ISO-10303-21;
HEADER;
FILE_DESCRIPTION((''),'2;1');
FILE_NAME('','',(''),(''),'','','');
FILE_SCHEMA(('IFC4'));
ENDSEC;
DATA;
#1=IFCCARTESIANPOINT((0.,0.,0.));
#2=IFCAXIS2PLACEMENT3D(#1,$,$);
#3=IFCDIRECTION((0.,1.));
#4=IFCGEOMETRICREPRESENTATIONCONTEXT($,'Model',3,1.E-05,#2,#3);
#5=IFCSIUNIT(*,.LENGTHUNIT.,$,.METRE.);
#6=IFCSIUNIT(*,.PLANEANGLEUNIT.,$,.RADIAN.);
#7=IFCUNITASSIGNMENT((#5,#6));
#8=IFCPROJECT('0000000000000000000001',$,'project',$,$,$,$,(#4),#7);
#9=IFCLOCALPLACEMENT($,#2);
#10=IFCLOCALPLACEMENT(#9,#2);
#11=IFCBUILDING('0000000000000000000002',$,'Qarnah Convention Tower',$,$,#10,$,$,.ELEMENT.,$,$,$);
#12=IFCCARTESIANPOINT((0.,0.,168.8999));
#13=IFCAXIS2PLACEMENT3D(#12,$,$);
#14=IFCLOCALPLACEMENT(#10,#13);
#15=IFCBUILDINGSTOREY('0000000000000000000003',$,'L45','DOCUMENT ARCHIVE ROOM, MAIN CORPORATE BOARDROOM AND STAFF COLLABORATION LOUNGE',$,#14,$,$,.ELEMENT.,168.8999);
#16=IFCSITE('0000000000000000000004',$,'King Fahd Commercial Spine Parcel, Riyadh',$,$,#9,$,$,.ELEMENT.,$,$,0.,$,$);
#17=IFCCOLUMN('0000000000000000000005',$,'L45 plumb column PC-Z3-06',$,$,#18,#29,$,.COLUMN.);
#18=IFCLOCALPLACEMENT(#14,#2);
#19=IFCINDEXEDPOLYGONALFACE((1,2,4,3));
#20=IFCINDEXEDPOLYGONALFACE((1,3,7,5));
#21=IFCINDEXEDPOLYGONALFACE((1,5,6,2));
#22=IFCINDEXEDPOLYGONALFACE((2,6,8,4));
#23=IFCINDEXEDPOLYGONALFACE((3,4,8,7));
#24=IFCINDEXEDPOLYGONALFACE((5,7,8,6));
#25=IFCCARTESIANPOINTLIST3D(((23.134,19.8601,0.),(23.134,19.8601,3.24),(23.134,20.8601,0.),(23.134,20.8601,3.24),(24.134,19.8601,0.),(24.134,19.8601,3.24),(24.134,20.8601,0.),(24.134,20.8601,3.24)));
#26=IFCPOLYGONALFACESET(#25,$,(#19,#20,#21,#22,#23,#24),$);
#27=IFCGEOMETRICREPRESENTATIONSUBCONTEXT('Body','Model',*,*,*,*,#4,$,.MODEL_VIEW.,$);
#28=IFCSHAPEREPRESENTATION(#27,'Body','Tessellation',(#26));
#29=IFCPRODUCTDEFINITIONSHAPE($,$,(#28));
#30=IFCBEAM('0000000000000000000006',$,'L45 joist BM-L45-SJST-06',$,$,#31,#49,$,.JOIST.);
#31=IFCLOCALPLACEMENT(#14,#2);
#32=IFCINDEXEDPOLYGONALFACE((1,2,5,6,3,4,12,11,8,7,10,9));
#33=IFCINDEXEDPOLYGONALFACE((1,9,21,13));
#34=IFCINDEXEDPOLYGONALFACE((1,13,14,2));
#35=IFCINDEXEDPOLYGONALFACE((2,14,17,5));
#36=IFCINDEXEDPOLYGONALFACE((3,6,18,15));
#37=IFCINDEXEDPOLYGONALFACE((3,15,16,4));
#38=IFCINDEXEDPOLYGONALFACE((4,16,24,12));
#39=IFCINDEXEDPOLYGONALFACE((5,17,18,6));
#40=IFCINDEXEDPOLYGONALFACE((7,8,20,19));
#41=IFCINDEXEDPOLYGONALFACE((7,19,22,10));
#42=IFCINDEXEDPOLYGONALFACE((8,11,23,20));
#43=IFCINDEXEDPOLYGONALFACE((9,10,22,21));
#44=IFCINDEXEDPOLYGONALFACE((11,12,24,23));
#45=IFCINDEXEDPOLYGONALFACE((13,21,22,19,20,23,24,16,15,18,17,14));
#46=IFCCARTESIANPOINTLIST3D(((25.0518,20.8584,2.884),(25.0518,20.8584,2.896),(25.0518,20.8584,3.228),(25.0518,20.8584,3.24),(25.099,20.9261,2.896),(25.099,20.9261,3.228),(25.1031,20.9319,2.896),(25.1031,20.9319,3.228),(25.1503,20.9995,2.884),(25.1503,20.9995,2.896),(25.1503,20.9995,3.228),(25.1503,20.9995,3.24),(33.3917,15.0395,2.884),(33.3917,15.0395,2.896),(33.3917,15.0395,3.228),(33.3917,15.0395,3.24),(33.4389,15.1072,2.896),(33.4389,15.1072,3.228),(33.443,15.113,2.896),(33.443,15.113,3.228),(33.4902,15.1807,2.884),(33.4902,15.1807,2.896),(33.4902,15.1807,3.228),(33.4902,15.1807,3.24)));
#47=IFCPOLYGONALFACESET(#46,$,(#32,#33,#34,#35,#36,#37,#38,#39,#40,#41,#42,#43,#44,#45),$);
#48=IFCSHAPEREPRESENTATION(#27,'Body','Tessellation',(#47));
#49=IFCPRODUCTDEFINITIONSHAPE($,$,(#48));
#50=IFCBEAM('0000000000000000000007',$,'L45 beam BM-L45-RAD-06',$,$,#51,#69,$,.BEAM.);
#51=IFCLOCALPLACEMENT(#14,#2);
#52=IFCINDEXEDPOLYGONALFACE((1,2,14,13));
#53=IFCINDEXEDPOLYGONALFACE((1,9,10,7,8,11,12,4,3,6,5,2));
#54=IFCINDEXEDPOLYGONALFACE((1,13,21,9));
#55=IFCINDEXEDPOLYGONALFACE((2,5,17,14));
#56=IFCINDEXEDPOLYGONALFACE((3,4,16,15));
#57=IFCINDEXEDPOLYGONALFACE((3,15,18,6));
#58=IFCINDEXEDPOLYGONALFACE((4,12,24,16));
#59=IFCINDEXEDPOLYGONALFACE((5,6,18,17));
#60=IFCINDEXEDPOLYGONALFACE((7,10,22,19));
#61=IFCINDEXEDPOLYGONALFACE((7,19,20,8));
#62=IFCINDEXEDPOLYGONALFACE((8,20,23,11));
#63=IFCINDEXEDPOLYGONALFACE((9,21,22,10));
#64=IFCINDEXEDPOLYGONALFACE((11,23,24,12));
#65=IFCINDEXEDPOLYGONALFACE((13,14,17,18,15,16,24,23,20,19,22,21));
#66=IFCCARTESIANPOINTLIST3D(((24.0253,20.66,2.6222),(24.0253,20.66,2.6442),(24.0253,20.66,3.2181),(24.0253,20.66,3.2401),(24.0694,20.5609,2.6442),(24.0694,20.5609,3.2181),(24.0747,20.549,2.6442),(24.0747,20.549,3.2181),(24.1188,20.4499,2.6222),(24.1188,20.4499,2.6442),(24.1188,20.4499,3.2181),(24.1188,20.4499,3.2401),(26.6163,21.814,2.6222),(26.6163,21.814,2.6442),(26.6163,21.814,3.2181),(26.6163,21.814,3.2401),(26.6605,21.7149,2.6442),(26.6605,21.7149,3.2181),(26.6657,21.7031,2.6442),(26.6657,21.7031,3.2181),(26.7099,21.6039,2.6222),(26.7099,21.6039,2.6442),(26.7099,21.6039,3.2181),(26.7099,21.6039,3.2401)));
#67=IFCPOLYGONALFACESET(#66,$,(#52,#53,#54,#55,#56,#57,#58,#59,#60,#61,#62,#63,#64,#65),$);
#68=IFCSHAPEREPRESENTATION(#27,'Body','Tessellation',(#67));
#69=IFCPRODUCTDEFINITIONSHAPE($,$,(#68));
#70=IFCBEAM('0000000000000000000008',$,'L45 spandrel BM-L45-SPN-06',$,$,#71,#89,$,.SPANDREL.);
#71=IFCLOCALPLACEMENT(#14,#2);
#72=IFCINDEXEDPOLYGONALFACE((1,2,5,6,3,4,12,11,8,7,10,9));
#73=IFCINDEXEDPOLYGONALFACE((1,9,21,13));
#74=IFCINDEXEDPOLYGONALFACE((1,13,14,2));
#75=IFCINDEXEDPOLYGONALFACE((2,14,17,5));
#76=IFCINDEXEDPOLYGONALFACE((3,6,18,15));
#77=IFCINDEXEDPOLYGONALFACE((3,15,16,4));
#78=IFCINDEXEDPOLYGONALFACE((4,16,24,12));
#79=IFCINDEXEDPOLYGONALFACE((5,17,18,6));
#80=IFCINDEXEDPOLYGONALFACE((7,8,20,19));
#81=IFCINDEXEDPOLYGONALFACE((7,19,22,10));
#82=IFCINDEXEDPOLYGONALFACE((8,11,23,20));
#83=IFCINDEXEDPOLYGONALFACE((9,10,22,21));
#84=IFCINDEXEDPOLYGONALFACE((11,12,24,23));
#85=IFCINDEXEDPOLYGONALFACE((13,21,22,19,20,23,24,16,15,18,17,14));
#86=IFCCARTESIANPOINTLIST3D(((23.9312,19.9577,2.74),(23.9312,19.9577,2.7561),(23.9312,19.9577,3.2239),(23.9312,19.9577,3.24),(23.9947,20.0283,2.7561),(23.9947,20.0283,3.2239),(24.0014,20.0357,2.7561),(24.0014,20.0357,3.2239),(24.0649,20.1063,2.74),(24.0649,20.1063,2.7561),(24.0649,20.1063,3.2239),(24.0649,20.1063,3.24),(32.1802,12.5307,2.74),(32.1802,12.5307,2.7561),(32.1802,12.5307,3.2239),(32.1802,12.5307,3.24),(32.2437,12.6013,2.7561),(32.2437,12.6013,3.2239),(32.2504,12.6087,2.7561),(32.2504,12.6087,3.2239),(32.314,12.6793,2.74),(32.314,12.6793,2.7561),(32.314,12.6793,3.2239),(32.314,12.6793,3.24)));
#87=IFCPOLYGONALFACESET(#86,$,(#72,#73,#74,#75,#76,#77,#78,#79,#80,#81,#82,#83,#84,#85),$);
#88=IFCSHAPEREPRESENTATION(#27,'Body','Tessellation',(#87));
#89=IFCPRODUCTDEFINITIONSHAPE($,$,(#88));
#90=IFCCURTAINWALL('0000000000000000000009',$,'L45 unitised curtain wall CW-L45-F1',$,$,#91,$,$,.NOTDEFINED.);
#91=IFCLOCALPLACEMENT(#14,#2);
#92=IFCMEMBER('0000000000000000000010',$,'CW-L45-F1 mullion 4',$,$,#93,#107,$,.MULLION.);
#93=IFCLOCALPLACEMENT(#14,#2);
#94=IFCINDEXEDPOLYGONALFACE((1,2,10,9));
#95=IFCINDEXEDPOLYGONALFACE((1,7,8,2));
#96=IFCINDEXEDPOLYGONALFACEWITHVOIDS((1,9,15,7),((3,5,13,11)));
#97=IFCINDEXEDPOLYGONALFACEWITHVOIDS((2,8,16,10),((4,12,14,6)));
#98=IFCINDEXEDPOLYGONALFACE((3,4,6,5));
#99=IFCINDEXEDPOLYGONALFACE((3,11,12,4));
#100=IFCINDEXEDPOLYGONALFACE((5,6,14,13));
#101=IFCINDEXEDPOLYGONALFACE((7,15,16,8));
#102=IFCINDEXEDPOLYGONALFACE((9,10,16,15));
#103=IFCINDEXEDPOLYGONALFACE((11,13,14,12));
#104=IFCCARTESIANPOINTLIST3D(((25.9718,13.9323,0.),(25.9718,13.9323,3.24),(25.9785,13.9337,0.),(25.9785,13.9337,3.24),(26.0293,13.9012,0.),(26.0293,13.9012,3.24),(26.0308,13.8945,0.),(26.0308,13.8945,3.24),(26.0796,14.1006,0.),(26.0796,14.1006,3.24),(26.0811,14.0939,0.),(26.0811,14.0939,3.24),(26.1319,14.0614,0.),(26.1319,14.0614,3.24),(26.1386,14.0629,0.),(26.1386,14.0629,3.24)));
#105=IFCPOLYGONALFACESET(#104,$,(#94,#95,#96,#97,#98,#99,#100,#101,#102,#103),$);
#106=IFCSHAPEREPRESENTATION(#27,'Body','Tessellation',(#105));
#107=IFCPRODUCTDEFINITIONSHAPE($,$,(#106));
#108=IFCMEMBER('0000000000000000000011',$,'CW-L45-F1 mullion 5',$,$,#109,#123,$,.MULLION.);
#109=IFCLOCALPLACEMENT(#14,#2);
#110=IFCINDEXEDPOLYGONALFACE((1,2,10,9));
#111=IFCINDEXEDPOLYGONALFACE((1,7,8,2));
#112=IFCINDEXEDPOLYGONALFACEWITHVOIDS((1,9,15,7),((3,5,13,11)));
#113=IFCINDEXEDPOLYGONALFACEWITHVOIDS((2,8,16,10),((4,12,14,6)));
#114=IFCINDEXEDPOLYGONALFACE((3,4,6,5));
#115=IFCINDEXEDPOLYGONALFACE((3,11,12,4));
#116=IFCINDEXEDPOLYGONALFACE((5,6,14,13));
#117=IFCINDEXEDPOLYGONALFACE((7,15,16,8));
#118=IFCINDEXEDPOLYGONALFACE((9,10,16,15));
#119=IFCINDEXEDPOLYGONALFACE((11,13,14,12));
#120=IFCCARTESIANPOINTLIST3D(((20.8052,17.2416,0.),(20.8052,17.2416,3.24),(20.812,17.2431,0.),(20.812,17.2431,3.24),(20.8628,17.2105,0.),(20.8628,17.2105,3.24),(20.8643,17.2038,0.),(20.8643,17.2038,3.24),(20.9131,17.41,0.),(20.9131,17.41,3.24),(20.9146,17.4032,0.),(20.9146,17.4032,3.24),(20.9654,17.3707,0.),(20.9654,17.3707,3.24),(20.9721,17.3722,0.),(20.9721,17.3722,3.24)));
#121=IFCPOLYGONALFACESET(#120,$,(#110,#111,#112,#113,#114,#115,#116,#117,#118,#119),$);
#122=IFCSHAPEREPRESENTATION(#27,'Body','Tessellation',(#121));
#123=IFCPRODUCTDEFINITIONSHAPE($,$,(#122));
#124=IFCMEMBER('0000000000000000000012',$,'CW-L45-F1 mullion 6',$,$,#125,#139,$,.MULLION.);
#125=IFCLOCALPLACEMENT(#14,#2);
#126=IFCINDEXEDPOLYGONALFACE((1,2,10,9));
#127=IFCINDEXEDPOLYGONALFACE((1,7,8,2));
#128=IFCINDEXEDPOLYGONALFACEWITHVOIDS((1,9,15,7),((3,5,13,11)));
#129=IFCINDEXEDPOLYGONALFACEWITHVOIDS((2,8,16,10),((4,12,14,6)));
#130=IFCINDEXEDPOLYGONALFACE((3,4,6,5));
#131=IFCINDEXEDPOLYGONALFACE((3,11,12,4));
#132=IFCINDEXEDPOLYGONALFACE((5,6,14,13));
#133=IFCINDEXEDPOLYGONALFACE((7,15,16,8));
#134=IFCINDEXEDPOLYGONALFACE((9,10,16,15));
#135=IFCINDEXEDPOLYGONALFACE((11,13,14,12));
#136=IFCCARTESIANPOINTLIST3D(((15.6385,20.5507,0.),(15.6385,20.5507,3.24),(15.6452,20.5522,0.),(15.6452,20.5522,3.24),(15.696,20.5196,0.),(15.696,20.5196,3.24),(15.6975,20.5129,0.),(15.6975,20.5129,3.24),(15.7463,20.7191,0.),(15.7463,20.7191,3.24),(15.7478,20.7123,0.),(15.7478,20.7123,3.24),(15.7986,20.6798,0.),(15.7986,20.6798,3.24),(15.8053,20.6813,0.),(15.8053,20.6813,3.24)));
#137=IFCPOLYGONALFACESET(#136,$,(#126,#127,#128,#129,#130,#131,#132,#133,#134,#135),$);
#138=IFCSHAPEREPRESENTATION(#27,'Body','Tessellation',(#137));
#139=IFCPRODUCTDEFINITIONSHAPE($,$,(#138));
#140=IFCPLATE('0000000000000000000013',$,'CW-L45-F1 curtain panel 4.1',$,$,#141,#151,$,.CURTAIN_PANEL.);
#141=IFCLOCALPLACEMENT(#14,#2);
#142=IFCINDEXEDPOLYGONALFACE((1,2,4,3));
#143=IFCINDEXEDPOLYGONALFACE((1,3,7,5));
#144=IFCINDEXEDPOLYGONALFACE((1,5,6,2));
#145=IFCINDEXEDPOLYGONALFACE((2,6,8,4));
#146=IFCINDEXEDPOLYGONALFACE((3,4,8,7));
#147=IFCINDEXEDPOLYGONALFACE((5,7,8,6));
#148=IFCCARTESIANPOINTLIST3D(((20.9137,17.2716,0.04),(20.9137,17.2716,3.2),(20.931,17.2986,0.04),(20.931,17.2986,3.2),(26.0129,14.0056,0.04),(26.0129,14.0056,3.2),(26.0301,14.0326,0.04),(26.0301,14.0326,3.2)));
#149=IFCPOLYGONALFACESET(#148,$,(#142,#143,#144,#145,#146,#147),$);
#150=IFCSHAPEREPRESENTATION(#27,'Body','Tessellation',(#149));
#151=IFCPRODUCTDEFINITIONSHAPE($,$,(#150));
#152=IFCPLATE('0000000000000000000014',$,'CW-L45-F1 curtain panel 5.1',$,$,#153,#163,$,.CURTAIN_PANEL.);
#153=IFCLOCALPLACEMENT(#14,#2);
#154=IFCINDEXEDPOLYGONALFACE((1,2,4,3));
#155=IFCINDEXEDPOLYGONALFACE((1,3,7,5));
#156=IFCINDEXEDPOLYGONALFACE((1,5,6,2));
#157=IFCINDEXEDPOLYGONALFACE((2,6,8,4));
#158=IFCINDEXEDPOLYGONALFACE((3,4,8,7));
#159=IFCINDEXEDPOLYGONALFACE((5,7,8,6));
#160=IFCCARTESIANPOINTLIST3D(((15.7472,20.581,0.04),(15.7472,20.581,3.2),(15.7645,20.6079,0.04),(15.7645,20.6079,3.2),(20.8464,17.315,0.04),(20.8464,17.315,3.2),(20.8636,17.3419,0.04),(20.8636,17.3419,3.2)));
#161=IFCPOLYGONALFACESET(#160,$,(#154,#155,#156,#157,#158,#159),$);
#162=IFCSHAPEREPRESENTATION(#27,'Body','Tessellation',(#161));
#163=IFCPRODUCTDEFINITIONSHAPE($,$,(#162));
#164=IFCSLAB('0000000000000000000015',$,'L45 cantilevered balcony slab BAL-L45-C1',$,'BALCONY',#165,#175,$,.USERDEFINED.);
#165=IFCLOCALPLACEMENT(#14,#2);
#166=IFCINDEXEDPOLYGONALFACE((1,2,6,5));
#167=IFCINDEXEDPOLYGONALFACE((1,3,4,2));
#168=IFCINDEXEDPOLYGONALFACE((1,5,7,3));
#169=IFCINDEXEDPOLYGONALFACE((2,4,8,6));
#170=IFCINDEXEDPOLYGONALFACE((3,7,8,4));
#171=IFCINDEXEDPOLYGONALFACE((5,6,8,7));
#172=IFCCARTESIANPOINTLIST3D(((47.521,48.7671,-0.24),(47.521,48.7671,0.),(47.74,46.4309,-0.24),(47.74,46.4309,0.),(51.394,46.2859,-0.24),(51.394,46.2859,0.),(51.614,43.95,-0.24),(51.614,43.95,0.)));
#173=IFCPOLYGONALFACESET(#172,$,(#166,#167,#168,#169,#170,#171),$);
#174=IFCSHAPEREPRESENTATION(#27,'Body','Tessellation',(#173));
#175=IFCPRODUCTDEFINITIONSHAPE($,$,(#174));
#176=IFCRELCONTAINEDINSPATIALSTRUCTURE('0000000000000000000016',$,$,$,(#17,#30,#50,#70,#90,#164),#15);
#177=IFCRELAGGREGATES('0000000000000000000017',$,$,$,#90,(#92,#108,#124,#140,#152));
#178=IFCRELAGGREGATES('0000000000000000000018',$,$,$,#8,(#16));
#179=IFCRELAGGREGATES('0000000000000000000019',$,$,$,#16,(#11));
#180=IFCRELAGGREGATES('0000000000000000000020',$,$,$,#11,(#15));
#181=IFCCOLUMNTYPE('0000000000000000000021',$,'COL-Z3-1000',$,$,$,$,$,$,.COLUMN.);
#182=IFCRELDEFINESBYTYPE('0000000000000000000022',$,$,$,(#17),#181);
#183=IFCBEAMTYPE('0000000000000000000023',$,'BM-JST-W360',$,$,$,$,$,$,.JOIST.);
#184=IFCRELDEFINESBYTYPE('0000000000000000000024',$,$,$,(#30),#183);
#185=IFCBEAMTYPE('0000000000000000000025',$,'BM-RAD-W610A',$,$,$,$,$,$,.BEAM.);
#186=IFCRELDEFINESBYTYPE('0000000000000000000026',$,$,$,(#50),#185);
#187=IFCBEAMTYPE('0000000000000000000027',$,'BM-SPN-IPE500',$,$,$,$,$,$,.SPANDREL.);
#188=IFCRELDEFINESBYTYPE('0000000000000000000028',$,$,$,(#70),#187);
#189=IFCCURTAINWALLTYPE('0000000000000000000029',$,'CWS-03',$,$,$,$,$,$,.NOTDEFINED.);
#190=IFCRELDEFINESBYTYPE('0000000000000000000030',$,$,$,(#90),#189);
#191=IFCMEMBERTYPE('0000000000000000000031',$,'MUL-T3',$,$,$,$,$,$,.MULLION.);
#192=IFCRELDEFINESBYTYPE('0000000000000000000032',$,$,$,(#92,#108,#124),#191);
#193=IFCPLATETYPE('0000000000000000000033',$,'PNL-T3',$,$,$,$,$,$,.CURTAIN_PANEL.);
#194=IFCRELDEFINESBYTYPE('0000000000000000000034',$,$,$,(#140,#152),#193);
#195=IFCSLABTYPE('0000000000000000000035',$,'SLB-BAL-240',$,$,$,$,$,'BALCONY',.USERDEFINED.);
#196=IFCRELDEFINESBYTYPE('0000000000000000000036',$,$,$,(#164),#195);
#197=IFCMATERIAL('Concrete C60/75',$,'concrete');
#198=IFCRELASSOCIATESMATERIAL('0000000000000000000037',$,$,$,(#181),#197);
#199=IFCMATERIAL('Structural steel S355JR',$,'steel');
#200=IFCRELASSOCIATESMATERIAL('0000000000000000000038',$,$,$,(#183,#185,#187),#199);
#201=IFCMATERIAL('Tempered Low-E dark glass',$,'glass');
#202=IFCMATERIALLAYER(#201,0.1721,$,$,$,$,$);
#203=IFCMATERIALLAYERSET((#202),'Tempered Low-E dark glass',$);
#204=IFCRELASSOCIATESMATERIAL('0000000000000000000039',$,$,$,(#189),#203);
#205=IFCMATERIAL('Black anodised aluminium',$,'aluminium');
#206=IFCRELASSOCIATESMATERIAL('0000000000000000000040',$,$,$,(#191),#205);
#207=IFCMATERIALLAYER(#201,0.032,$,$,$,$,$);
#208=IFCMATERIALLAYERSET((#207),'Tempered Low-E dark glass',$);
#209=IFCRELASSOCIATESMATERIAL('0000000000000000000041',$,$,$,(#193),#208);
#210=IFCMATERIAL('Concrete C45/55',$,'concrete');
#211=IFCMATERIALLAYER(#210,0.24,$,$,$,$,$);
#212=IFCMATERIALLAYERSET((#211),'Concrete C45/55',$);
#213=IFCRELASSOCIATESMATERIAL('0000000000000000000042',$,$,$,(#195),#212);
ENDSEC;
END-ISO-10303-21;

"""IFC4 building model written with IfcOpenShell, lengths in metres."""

from ifc_helpers import new_model, si_unit, direction, frame, origin, origin_2d, place, context, subcontext, project, spatial, polyline, rectangle, hollow_rectangle, i_section, outline, extrude, material, layer, layer_set, material_profile, profile_set, type_object, element, aggregate, save


model = new_model("IFC4")

# Units and contexts
model_context = context("Model", 3, precision=1e-05, world=origin(), true_north=direction((0.0, 1.0)))
body_context = subcontext(model_context, "Body", "Model", "MODEL_VIEW")
ifc_project = project(units=[si_unit("LENGTHUNIT", "METRE"), si_unit("PLANEANGLEUNIT", "RADIAN")], contexts=[model_context])

# Site, building, storey
site_placement = place(None, origin())
site = spatial("IfcSite", under=ifc_project, at=site_placement, Name="King Fahd Commercial Spine Parcel, Riyadh", CompositionType="ELEMENT", RefElevation=0.0)
building_placement = place(site_placement, origin())
building = spatial("IfcBuilding", under=site, at=building_placement, Name="Qarnah Convention Tower", CompositionType="ELEMENT")
storey_placement = place(building_placement, frame((0.0, 0.0, 168.8999)))
storey = spatial("IfcBuildingStorey", under=building, at=storey_placement, Name="L45", Description="DOCUMENT ARCHIVE ROOM, MAIN CORPORATE BOARDROOM AND STAFF COLLABORATION LOUNGE", CompositionType="ELEMENT", Elevation=168.8999)

# Column
ifc_material_1 = material(Name="Concrete C60/75", Category="concrete")
ifc_material_profile_1 = material_profile(ifc_material_1, rectangle(XDim=1.0, YDim=1.0, at=origin_2d()), Name="RC-COL-1000X1000")
ifc_profile_set_1 = profile_set([ifc_material_profile_1], Name="Concrete C60/75")
column_type = type_object("IfcColumnType", Name="COL-Z3-1000", PredefinedType="COLUMN", material=ifc_profile_set_1)
column_placement = place(storey_placement, frame((23.634, 20.3601, 0.0), z_axis=(0.0, 0.0, 1.0), x_axis=(1.0, 0.0, 0.0)))
element("IfcColumn", 1, at=column_placement, inside=storey, type_object=column_type, Name="L45 plumb column PC-Z3-06", PredefinedType="COLUMN", context=body_context, shape_type="SweptSolid", body=[
    extrude(rectangle(XDim=1.0, YDim=1.0, at=origin_2d()), origin(), (0.0, 0.0, 1.0), 3.24),
])

# Beams
ifc_material_2 = material(Name="Structural steel S355JR", Category="steel")
ifc_material_profile_2 = material_profile(ifc_material_2, i_section(OverallWidth=0.1721, OverallDepth=0.356, WebThickness=0.0071, FlangeThickness=0.012, at=origin_2d()), Name="W360X51")
ifc_profile_set_2 = profile_set([ifc_material_profile_2], Name="Structural steel S355JR")
beam_type_1 = type_object("IfcBeamType", Name="BM-JST-W360", PredefinedType="JOIST", material=ifc_profile_set_2)
beam_1_placement = place(storey_placement, frame((25.1011, 20.929, 3.062), z_axis=(0.820111, -0.572205, 0.0), x_axis=(0.572205, 0.820111, 0.0)))
element("IfcBeam", 2, at=beam_1_placement, inside=storey, type_object=beam_type_1, Name="L45 joist BM-L45-SJST-06", PredefinedType="JOIST", context=body_context, shape_type="SweptSolid", body=[
    extrude(i_section(OverallWidth=0.1721, OverallDepth=0.356, WebThickness=0.0071, FlangeThickness=0.012, at=origin_2d()), origin(), (0.0, 0.0, 1.0), 10.1692),
])
ifc_material_profile_3 = material_profile(ifc_material_2, i_section(OverallWidth=0.23, OverallDepth=0.6179, WebThickness=0.0129, FlangeThickness=0.022, at=origin_2d()), Name="W610X140")
ifc_profile_set_3 = profile_set([ifc_material_profile_3], Name="Structural steel S355JR")
beam_type_2 = type_object("IfcBeamType", Name="BM-RAD-W610A", PredefinedType="BEAM", material=ifc_profile_set_3)
beam_2_placement = place(storey_placement, frame((26.6631, 21.709, 2.9312), z_axis=(-0.913488, -0.406865, 0.0), x_axis=(0.406865, -0.913488, 0.0)))
element("IfcBeam", 3, at=beam_2_placement, inside=storey, type_object=beam_type_2, Name="L45 beam BM-L45-RAD-06", PredefinedType="BEAM", context=body_context, shape_type="SweptSolid", body=[
    extrude(i_section(OverallWidth=0.23, OverallDepth=0.6179, WebThickness=0.0129, FlangeThickness=0.022, at=origin_2d()), origin(), (0.0, 0.0, 1.0), 2.8364),
])
ifc_material_profile_4 = material_profile(ifc_material_2, i_section(OverallWidth=0.2, OverallDepth=0.5, WebThickness=0.01, FlangeThickness=0.0161, at=origin_2d()), Name="IPE500")
ifc_profile_set_4 = profile_set([ifc_material_profile_4], Name="Structural steel S355JR")
beam_type_3 = type_object("IfcBeamType", Name="BM-SPN-IPE500", PredefinedType="SPANDREL", material=ifc_profile_set_4)
beam_3_placement = place(storey_placement, frame((23.998, 20.032, 2.99), z_axis=(0.743165, -0.669108, 0.0), x_axis=(0.669108, 0.743165, 0.0)))
element("IfcBeam", 4, at=beam_3_placement, inside=storey, type_object=beam_type_3, Name="L45 spandrel BM-L45-SPN-06", PredefinedType="SPANDREL", context=body_context, shape_type="SweptSolid", body=[
    extrude(i_section(OverallWidth=0.2, OverallDepth=0.5, WebThickness=0.01, FlangeThickness=0.0161, at=origin_2d()), origin(), (0.0, 0.0, 1.0), 11.0999),
])

# Curtain wall, members, plates
ifc_material_3 = material(Name="Tempered Low-E dark glass", Category="glass")
ifc_layer_1 = layer(ifc_material_3, 0.1721)
ifc_layer_set_1 = layer_set([ifc_layer_1], Name="Tempered Low-E dark glass")
curtain_wall_type = type_object("IfcCurtainWallType", Name="CWS-03", PredefinedType="NOTDEFINED", material=ifc_layer_set_1)
curtain_wall_placement = place(storey_placement, origin())
curtain_wall = element("IfcCurtainWall", 5, at=curtain_wall_placement, inside=storey, type_object=curtain_wall_type, Name="L45 unitised curtain wall CW-L45-F1", PredefinedType="NOTDEFINED")
ifc_material_4 = material(Name="Black anodised aluminium", Category="aluminium")
ifc_material_profile_5 = material_profile(ifc_material_4, hollow_rectangle(XDim=0.0701, YDim=0.2, WallThickness=0.0049, at=origin_2d()), Name="MUL-70X200")
ifc_profile_set_5 = profile_set([ifc_material_profile_5], Name="Black anodised aluminium")
member_type = type_object("IfcMemberType", Name="MUL-T3", PredefinedType="MULLION", material=ifc_profile_set_5)
member_1_placement = place(storey_placement, frame((26.0552, 13.9976, 0.0), z_axis=(0.0, 0.0, 1.0), x_axis=(-0.842081, 0.539352, 0.0)))
member_1 = element("IfcMember", 6, at=member_1_placement, type_object=member_type, Name="CW-L45-F1 mullion 4", PredefinedType="MULLION", context=body_context, shape_type="SweptSolid", body=[
    extrude(hollow_rectangle(XDim=0.0701, YDim=0.2, WallThickness=0.0049, at=origin_2d()), origin(), (0.0, 0.0, 1.0), 3.24),
])
member_2_placement = place(storey_placement, frame((20.8887, 17.3069, 0.0), z_axis=(0.0, 0.0, 1.0), x_axis=(-0.842081, 0.539352, 0.0)))
member_2 = element("IfcMember", 7, at=member_2_placement, type_object=member_type, Name="CW-L45-F1 mullion 5", PredefinedType="MULLION", context=body_context, shape_type="SweptSolid", body=[
    extrude(hollow_rectangle(XDim=0.0701, YDim=0.2, WallThickness=0.0049, at=origin_2d()), origin(), (0.0, 0.0, 1.0), 3.24),
])
member_3_placement = place(storey_placement, frame((15.7219, 20.616, 0.0), z_axis=(0.0, 0.0, 1.0), x_axis=(-0.842081, 0.539352, 0.0)))
member_3 = element("IfcMember", 8, at=member_3_placement, type_object=member_type, Name="CW-L45-F1 mullion 6", PredefinedType="MULLION", context=body_context, shape_type="SweptSolid", body=[
    extrude(hollow_rectangle(XDim=0.0701, YDim=0.2, WallThickness=0.0049, at=origin_2d()), origin(), (0.0, 0.0, 1.0), 3.24),
])
ifc_layer_2 = layer(ifc_material_3, 0.032)
ifc_layer_set_2 = layer_set([ifc_layer_2], Name="Tempered Low-E dark glass")
plate_type = type_object("IfcPlateType", Name="PNL-T3", PredefinedType="CURTAIN_PANEL", material=ifc_layer_set_2)
plate_1_placement = place(storey_placement, frame((23.4719, 15.6521, 0.04), z_axis=(0.0, 0.0, 1.0), x_axis=(-0.842081, 0.539352, 0.0)))
plate_1 = element("IfcPlate", 9, at=plate_1_placement, type_object=plate_type, Name="CW-L45-F1 curtain panel 4.1", PredefinedType="CURTAIN_PANEL", context=body_context, shape_type="SweptSolid", body=[
    extrude(rectangle(XDim=6.0554, YDim=0.032, at=origin_2d()), origin(), (0.0, 0.0, 1.0), 3.1599),
])
plate_2_placement = place(storey_placement, frame((18.3054, 18.9614, 0.04), z_axis=(0.0, 0.0, 1.0), x_axis=(-0.842081, 0.539352, 0.0)))
plate_2 = element("IfcPlate", 10, at=plate_2_placement, type_object=plate_type, Name="CW-L45-F1 curtain panel 5.1", PredefinedType="CURTAIN_PANEL", context=body_context, shape_type="SweptSolid", body=[
    extrude(rectangle(XDim=6.0554, YDim=0.032, at=origin_2d()), origin(), (0.0, 0.0, 1.0), 3.1599),
])
aggregate(curtain_wall, [member_1, member_2, member_3, plate_1, plate_2])

# Slab
ifc_material_5 = material(Name="Concrete C45/55", Category="concrete")
ifc_layer_3 = layer(ifc_material_5, 0.24)
ifc_layer_set_3 = layer_set([ifc_layer_3], Name="Concrete C45/55")
slab_type_1 = type_object("IfcSlabType", Name="SLB-BAL-240", ElementType="BALCONY", PredefinedType="USERDEFINED", material=ifc_layer_set_3)
slab_1_placement = place(storey_placement, frame((0.0, 0.0, -0.24)))
element("IfcSlab", 11, at=slab_1_placement, inside=storey, type_object=slab_type_1, Name="L45 cantilevered balcony slab BAL-L45-C1", ObjectType="BALCONY", PredefinedType="USERDEFINED", context=body_context, shape_type="SweptSolid", body=[
    extrude(outline(polyline([(47.521, 48.7671), (51.394, 46.2859), (51.614, 43.95), (47.74, 46.4309), (47.521, 48.7671)])), origin(), (0.0, 0.0, 1.0), 0.24),
])

save(model, "model.ifc")
